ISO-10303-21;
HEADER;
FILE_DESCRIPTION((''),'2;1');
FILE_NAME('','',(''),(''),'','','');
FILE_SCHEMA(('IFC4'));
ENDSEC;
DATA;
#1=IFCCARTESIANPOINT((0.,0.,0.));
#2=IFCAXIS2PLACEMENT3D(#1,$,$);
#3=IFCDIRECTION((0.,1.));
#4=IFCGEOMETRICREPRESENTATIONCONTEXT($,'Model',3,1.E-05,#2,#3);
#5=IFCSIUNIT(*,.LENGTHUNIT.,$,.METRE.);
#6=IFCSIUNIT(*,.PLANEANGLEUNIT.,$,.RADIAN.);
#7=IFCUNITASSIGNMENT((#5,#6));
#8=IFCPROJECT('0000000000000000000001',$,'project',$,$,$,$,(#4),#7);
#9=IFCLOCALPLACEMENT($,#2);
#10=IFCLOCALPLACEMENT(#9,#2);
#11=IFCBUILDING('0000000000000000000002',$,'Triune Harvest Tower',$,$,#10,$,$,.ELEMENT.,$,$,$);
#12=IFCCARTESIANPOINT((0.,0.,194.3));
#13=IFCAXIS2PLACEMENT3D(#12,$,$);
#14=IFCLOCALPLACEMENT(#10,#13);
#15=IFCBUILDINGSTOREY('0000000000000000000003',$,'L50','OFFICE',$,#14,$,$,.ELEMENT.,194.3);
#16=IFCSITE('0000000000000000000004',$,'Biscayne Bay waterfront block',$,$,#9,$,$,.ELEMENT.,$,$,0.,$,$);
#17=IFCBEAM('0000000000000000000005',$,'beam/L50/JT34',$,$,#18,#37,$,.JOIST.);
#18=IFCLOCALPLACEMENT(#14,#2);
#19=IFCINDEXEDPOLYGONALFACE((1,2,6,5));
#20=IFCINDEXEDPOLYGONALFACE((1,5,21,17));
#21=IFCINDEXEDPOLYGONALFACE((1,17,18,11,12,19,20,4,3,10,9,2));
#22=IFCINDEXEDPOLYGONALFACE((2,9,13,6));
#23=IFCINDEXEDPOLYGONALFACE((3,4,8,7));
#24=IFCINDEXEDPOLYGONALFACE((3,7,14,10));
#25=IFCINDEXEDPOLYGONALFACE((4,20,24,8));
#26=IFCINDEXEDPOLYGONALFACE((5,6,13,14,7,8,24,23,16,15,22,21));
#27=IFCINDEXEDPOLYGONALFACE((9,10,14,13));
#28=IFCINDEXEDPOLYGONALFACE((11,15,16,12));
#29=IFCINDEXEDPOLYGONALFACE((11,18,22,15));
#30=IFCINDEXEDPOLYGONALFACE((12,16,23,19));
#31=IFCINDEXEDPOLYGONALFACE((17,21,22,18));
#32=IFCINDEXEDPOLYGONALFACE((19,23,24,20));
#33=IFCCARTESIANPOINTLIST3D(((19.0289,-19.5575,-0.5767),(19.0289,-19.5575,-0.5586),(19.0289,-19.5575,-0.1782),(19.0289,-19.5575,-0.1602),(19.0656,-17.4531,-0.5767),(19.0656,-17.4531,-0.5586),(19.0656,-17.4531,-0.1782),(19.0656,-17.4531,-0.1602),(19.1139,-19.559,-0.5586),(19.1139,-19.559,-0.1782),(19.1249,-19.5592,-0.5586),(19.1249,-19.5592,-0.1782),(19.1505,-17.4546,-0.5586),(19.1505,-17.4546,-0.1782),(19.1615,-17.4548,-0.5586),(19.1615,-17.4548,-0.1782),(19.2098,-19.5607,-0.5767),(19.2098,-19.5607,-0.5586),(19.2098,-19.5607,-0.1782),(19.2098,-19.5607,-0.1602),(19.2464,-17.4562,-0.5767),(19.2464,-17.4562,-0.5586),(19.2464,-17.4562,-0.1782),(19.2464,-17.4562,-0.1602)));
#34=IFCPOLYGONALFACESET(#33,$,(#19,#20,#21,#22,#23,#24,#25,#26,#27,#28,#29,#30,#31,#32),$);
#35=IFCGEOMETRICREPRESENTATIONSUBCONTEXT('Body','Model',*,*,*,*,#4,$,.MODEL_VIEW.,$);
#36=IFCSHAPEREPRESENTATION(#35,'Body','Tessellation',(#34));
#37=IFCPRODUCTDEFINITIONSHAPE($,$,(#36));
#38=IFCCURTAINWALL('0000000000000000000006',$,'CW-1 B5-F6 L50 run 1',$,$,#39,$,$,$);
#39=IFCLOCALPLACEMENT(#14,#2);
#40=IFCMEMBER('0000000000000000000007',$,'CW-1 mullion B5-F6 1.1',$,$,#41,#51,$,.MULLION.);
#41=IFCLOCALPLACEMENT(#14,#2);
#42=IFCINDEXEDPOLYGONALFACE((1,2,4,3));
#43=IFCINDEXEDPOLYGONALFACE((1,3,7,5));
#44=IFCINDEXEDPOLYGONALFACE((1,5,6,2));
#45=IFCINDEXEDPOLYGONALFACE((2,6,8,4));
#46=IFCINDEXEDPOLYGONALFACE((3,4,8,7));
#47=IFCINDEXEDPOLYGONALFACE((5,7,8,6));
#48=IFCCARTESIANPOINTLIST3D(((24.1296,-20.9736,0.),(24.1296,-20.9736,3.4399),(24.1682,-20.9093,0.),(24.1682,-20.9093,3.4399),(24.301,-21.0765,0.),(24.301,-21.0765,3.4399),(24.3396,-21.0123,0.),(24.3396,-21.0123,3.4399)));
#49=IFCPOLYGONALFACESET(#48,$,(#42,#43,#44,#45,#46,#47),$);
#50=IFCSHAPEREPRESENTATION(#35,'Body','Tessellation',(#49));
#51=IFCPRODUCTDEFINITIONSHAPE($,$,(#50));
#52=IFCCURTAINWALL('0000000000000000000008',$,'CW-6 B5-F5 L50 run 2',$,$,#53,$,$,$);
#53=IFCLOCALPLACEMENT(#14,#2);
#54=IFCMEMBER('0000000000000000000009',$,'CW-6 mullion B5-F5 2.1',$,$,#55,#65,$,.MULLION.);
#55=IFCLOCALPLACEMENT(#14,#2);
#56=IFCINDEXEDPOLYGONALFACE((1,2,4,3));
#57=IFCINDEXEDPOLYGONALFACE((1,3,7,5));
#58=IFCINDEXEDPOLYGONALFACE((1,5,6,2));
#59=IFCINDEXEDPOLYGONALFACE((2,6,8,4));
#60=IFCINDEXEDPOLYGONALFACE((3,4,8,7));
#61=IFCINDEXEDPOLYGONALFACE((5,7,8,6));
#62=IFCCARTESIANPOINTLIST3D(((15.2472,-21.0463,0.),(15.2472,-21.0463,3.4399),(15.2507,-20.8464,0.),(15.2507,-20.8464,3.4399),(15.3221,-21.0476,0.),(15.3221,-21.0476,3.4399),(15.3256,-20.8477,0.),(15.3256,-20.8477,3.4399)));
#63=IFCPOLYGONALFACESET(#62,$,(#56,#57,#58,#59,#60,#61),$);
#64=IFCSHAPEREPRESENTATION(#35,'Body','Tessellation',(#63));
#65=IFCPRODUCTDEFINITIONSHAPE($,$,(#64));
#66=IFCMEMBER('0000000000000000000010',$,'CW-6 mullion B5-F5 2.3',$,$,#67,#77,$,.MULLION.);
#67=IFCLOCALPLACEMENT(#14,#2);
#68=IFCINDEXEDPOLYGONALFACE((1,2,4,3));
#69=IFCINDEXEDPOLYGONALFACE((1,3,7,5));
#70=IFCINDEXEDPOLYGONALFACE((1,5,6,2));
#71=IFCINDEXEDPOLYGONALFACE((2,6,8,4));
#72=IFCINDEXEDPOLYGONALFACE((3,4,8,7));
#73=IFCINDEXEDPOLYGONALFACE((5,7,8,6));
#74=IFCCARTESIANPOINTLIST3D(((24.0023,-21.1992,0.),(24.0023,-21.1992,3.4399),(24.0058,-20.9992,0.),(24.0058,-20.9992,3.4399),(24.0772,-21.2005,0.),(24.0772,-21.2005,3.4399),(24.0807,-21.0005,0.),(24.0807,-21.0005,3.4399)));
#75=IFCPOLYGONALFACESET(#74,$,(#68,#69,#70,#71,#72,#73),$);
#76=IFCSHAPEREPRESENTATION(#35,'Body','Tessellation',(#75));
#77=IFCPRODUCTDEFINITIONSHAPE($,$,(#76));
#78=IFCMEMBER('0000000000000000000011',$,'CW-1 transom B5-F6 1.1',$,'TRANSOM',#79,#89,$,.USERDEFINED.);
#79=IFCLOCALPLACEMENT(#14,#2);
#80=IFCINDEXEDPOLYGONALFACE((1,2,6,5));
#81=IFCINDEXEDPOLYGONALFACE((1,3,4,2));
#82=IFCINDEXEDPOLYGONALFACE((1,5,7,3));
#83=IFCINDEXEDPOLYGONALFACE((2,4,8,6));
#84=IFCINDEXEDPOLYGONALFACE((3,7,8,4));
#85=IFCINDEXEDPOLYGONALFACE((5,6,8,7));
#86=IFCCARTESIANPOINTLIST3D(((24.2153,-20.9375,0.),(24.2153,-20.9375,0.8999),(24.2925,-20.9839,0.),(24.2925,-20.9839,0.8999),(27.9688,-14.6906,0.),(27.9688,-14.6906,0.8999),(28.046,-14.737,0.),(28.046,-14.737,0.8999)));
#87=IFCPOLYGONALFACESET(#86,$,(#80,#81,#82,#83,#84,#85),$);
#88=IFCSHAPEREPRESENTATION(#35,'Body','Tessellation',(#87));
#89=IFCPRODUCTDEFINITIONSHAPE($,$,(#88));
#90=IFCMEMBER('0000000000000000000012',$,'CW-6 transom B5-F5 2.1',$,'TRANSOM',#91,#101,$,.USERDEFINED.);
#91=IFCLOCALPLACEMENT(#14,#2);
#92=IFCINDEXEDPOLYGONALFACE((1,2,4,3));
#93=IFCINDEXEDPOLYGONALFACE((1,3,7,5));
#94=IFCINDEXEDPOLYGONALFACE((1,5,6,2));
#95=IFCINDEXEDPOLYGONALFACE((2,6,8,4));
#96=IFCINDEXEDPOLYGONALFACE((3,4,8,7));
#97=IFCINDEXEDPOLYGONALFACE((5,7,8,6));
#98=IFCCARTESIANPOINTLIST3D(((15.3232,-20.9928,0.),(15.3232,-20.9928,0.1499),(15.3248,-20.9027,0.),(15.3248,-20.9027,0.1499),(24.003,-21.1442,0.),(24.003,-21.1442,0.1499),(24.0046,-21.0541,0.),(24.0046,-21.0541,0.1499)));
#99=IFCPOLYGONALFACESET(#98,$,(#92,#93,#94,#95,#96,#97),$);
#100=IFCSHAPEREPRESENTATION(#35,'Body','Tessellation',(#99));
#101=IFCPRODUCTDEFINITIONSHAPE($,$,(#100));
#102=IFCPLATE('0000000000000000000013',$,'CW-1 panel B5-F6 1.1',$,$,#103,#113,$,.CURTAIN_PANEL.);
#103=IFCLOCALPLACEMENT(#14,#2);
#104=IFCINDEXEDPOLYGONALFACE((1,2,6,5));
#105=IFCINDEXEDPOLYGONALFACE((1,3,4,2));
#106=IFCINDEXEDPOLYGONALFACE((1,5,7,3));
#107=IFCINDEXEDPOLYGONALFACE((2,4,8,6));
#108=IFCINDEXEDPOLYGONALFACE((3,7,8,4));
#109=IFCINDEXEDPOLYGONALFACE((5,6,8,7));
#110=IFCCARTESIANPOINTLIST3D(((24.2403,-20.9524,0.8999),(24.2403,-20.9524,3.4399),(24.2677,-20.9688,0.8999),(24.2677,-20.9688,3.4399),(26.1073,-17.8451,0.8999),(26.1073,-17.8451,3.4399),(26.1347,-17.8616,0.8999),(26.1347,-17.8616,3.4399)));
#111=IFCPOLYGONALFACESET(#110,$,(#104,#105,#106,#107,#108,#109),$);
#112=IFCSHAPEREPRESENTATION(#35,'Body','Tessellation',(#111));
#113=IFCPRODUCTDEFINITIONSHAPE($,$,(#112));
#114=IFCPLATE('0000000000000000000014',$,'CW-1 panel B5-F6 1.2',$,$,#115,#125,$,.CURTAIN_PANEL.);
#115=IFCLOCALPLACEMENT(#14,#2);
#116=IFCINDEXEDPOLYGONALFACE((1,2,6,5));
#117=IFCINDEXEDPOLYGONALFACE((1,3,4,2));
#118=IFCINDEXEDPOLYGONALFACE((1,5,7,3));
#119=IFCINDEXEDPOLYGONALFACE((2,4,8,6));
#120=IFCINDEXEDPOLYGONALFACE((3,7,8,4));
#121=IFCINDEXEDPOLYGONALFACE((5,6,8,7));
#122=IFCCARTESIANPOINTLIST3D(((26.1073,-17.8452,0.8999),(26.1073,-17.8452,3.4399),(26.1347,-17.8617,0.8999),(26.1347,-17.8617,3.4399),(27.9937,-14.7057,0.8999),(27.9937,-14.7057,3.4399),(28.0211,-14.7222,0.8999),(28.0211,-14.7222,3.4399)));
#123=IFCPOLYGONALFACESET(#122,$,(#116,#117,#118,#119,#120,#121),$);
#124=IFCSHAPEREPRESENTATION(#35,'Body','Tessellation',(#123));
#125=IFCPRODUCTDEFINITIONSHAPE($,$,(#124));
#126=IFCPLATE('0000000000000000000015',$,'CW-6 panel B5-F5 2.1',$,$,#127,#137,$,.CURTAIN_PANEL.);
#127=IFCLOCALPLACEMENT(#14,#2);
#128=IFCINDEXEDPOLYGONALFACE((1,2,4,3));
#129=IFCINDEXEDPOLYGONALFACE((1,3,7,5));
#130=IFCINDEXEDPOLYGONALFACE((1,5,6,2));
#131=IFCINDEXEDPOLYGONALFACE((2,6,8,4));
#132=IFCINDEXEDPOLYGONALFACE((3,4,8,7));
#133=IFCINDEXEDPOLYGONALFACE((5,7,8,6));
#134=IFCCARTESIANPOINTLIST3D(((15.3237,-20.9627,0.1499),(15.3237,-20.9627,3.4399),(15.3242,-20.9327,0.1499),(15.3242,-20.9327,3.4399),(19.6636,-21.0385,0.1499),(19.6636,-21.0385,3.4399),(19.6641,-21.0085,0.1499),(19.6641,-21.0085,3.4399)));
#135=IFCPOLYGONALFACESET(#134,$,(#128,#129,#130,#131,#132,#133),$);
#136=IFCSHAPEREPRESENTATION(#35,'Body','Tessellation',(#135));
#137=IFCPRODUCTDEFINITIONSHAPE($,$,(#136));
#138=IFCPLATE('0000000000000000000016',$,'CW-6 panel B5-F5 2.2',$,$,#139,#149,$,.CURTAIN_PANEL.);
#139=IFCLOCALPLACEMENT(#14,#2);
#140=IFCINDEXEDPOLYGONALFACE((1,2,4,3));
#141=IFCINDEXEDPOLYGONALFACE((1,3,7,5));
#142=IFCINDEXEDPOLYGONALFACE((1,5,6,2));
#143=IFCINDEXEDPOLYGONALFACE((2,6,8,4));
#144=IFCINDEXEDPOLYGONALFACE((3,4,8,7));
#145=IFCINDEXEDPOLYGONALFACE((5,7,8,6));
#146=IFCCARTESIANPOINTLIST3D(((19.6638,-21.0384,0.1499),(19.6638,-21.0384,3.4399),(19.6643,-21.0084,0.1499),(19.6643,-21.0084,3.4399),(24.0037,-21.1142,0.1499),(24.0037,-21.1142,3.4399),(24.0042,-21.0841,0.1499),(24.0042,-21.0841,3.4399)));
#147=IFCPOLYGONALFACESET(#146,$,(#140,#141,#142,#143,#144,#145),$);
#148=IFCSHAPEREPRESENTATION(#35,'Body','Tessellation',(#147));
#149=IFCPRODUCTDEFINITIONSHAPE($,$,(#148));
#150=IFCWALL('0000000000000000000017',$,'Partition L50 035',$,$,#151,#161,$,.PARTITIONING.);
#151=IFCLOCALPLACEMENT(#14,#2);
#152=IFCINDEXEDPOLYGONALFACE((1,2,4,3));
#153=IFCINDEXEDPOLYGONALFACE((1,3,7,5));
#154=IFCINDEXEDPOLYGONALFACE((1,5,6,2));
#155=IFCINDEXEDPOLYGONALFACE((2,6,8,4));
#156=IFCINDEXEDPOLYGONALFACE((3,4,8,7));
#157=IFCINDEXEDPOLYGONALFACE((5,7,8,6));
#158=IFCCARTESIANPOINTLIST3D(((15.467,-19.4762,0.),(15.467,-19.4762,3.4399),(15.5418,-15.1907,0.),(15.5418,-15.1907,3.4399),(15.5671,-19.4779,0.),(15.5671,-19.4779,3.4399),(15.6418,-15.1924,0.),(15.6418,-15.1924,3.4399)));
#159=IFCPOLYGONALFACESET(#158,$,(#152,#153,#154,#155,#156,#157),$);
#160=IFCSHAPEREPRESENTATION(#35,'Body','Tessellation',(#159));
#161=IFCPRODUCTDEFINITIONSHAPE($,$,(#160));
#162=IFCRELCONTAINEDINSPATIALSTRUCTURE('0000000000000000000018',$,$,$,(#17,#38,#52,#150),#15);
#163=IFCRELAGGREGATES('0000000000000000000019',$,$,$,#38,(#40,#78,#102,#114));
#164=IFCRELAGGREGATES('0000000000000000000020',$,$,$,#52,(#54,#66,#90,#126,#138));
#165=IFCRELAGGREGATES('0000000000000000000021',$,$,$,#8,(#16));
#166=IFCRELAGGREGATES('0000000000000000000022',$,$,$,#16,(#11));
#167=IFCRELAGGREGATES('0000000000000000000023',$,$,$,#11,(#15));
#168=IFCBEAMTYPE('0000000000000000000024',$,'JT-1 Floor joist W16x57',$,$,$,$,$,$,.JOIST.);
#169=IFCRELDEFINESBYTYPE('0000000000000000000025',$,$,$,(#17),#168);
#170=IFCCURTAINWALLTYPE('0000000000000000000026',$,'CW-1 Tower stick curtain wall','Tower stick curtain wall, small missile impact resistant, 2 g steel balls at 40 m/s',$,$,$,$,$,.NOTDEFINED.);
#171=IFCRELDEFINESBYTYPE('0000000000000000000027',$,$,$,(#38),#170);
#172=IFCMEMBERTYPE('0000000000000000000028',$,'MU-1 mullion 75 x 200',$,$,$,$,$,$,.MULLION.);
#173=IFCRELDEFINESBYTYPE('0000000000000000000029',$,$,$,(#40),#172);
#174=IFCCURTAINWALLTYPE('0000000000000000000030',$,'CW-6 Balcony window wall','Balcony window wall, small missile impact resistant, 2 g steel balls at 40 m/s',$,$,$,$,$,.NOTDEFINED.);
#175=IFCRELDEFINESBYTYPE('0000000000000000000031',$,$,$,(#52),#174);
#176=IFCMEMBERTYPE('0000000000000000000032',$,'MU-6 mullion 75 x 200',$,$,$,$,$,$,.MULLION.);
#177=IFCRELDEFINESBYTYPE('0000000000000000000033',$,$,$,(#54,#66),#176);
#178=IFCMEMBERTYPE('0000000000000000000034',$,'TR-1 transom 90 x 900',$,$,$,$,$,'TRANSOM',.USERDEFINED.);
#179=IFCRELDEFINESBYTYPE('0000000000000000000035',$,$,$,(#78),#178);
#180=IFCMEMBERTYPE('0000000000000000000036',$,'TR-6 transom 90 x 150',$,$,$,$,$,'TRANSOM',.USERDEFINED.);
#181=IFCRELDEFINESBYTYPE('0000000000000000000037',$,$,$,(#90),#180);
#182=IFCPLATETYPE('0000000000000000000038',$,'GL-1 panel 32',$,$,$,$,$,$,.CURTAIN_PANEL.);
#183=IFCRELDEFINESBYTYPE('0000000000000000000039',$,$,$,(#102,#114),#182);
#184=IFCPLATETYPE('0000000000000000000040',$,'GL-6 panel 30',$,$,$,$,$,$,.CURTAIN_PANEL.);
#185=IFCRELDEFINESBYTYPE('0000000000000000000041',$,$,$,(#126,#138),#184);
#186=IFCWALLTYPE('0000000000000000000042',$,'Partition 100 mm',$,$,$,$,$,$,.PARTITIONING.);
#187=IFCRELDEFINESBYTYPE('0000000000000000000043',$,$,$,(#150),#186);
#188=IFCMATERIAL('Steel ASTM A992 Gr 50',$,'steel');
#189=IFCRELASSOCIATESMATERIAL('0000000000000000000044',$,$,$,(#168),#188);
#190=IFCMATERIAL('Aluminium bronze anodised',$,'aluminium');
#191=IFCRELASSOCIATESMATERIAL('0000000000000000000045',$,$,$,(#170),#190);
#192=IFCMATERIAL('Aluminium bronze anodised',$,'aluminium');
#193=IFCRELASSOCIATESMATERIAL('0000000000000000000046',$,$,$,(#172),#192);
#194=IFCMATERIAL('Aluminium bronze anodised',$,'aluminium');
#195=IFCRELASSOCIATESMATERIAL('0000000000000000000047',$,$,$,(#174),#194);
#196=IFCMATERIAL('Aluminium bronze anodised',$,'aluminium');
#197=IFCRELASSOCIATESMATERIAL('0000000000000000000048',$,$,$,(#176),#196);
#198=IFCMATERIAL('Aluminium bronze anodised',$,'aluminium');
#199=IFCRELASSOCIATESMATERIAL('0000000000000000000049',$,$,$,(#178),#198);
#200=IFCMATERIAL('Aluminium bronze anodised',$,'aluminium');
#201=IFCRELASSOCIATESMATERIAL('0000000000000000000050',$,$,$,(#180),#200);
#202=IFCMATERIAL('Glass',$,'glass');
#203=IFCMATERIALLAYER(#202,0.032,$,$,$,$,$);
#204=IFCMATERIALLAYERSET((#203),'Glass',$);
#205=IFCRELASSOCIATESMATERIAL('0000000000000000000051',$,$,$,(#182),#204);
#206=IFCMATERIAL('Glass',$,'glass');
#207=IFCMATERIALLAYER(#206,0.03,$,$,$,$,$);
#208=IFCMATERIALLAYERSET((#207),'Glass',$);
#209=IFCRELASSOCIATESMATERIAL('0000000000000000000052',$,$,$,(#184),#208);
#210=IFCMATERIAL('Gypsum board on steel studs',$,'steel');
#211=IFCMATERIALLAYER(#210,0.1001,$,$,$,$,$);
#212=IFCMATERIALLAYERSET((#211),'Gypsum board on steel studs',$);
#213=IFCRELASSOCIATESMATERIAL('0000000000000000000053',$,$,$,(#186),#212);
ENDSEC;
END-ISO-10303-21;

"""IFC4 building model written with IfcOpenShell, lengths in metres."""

from ifc_helpers import new_model, si_unit, direction, frame, frame_2d, origin, origin_2d, place, context, subcontext, project, spatial, rectangle, i_section, extrude, source, transform, mapped, material, layer, layer_set, material_profile, profile_set, type_object, element, aggregate, save


model = new_model("IFC4")

# Units and contexts
model_context = context("Model", 3, precision=1e-05, world=origin(), true_north=direction((0.0, 1.0)))
body_context = subcontext(model_context, "Body", "Model", "MODEL_VIEW")
ifc_project = project(units=[si_unit("LENGTHUNIT", "METRE"), si_unit("PLANEANGLEUNIT", "RADIAN")], contexts=[model_context])

# Site, building, storey
site_placement = place(None, origin())
site = spatial("IfcSite", under=ifc_project, at=site_placement, Name="Biscayne Bay waterfront block", CompositionType="ELEMENT", RefElevation=0.0)
building_placement = place(site_placement, origin())
building = spatial("IfcBuilding", under=site, at=building_placement, Name="Triune Harvest Tower", CompositionType="ELEMENT")
storey_placement = place(building_placement, frame((0.0, 0.0, 194.3)))
storey = spatial("IfcBuildingStorey", under=building, at=storey_placement, Name="L50", Description="OFFICE", CompositionType="ELEMENT", Elevation=194.3)

# Beam
ifc_material_1 = material(Name="Steel ASTM A992 Gr 50", Category="steel")
ifc_material_profile_1 = material_profile(ifc_material_1, i_section(OverallWidth=0.1809, OverallDepth=0.4165, WebThickness=0.011, FlangeThickness=0.0181, at=origin_2d()), Name="W16x57")
ifc_profile_set_1 = profile_set([ifc_material_profile_1], Name="Steel ASTM A992 Gr 50")
beam_type_1 = type_object("IfcBeamType", Name="JT-1 Floor joist W16x57", PredefinedType="JOIST", material=ifc_profile_set_1)
shared_shape_1 = source(origin(), body_context, "Body", "SweptSolid", [
    extrude(i_section(OverallWidth=0.1809, OverallDepth=0.4165, WebThickness=0.011, FlangeThickness=0.0181, at=origin_2d()), origin(), (0.0, 0.0, 1.0), 2.1047),
])
beam_1_placement = place(storey_placement, frame((19.1194, -19.5591, -0.3684), z_axis=(0.017399, 0.999849, 0.0), x_axis=(-0.999849, 0.017399, 0.0)))
element("IfcBeam", 1, at=beam_1_placement, inside=storey, type_object=beam_type_1, Name="beam/L50/JT34", PredefinedType="JOIST", context=body_context, shape_type="MappedRepresentation", body=[
    mapped(shared_shape_1, transform((0.0, 0.0, 0.0), scale=1.0)),
])

# Curtain wall, member
ifc_material_2 = material(Name="Aluminium bronze anodised", Category="aluminium")
curtain_wall_type_1 = type_object("IfcCurtainWallType", Name="CW-1 Tower stick curtain wall", Description="Tower stick curtain wall, small missile impact resistant, 2 g steel balls at 40 m/s", PredefinedType="NOTDEFINED", material=ifc_material_2)
curtain_wall_1_placement = place(storey_placement, origin())
curtain_wall_1 = element("IfcCurtainWall", 2, at=curtain_wall_1_placement, inside=storey, type_object=curtain_wall_type_1, Name="CW-1 B5-F6 L50 run 1")
ifc_material_3 = material(Name="Aluminium bronze anodised", Category="aluminium")
ifc_material_profile_2 = material_profile(ifc_material_3, rectangle(XDim=0.2, YDim=0.075, at=origin_2d()), Name="MU-1 mullion 75 x 200")
ifc_profile_set_2 = profile_set([ifc_material_profile_2], Name="Aluminium bronze anodised")
member_type_1 = type_object("IfcMemberType", Name="MU-1 mullion 75 x 200", PredefinedType="MULLION", material=ifc_profile_set_2)
shared_shape_2 = source(origin(), body_context, "Body", "SweptSolid", [
    extrude(rectangle(XDim=0.2, YDim=0.075, at=origin_2d()), origin(), (0.0, 0.0, 1.0), 3.4399),
])
member_1_placement = place(storey_placement, frame((24.2346, -20.9929, 0.0), z_axis=(0.0, 0.0, 1.0), x_axis=(-0.857168, 0.515037, 0.0)))
member_1 = element("IfcMember", 3, at=member_1_placement, type_object=member_type_1, Name="CW-1 mullion B5-F6 1.1", PredefinedType="MULLION", context=body_context, shape_type="MappedRepresentation", body=[
    mapped(shared_shape_2, transform((0.0, 0.0, 0.0), scale=1.0)),
])

# Curtain wall, members
ifc_material_4 = material(Name="Aluminium bronze anodised", Category="aluminium")
curtain_wall_type_2 = type_object("IfcCurtainWallType", Name="CW-6 Balcony window wall", Description="Balcony window wall, small missile impact resistant, 2 g steel balls at 40 m/s", PredefinedType="NOTDEFINED", material=ifc_material_4)
curtain_wall_2_placement = place(storey_placement, origin())
curtain_wall_2 = element("IfcCurtainWall", 4, at=curtain_wall_2_placement, inside=storey, type_object=curtain_wall_type_2, Name="CW-6 B5-F5 L50 run 2")
ifc_material_5 = material(Name="Aluminium bronze anodised", Category="aluminium")
ifc_material_profile_3 = material_profile(ifc_material_5, rectangle(XDim=0.2, YDim=0.075, at=origin_2d()), Name="MU-6 mullion 75 x 200")
ifc_profile_set_3 = profile_set([ifc_material_profile_3], Name="Aluminium bronze anodised")
member_type_2 = type_object("IfcMemberType", Name="MU-6 mullion 75 x 200", PredefinedType="MULLION", material=ifc_profile_set_3)
shared_shape_3 = source(origin(), body_context, "Body", "SweptSolid", [
    extrude(rectangle(XDim=0.2, YDim=0.075, at=origin_2d()), origin(), (0.0, 0.0, 1.0), 3.4399),
])
member_2_placement = place(storey_placement, frame((15.2864, -20.947, 0.0), z_axis=(0.0, 0.0, 1.0), x_axis=(0.017452, 0.999848, 0.0)))
member_2 = element("IfcMember", 5, at=member_2_placement, type_object=member_type_2, Name="CW-6 mullion B5-F5 2.1", PredefinedType="MULLION", context=body_context, shape_type="MappedRepresentation", body=[
    mapped(shared_shape_3, transform((0.0, 0.0, 0.0), scale=1.0)),
])
member_3_placement = place(storey_placement, frame((24.0415, -21.0999, 0.0), z_axis=(0.0, 0.0, 1.0), x_axis=(0.017452, 0.999848, 0.0)))
member_3 = element("IfcMember", 6, at=member_3_placement, type_object=member_type_2, Name="CW-6 mullion B5-F5 2.3", PredefinedType="MULLION", context=body_context, shape_type="MappedRepresentation", body=[
    mapped(shared_shape_3, transform((0.0, 0.0, 0.0), scale=1.0)),
])

# Members
ifc_material_6 = material(Name="Aluminium bronze anodised", Category="aluminium")
ifc_material_profile_4 = material_profile(ifc_material_6, rectangle(XDim=0.0901, YDim=0.8999, at=origin_2d()), Name="TR-1 transom 90 x 900")
ifc_profile_set_4 = profile_set([ifc_material_profile_4], Name="Aluminium bronze anodised")
member_type_3 = type_object("IfcMemberType", Name="TR-1 transom 90 x 900", ElementType="TRANSOM", PredefinedType="USERDEFINED", material=ifc_profile_set_4)
shared_shape_4 = source(origin(), body_context, "Body", "SweptSolid", [
    extrude(rectangle(XDim=0.0901, YDim=0.8999, at=origin_2d()), origin(), (0.0, 0.0, 1.0), 7.2878),
])
member_4_placement = place(storey_placement, frame((24.2539, -20.9607, 0.45), z_axis=(0.515033, 0.857171, 0.0), x_axis=(-0.857171, 0.515033, 0.0)))
member_4 = element("IfcMember", 7, at=member_4_placement, type_object=member_type_3, Name="CW-1 transom B5-F6 1.1", ObjectType="TRANSOM", PredefinedType="USERDEFINED", context=body_context, shape_type="MappedRepresentation", body=[
    mapped(shared_shape_4, transform((0.0, 0.0, 0.0), scale=1.0)),
])
ifc_material_7 = material(Name="Aluminium bronze anodised", Category="aluminium")
ifc_material_profile_5 = material_profile(ifc_material_7, rectangle(XDim=0.0901, YDim=0.1499, at=origin_2d()), Name="TR-6 transom 90 x 150")
ifc_profile_set_5 = profile_set([ifc_material_profile_5], Name="Aluminium bronze anodised")
member_type_4 = type_object("IfcMemberType", Name="TR-6 transom 90 x 150", ElementType="TRANSOM", PredefinedType="USERDEFINED", material=ifc_profile_set_5)
shared_shape_5 = source(origin(), body_context, "Body", "SweptSolid", [
    extrude(rectangle(XDim=0.0901, YDim=0.1499, at=origin_2d()), origin(), (0.0, 0.0, 1.0), 8.6812),
])
member_5_placement = place(storey_placement, frame((15.324, -20.9478, 0.075), z_axis=(0.999848, -0.017436, 0.0), x_axis=(0.017436, 0.999848, 0.0)))
member_5 = element("IfcMember", 8, at=member_5_placement, type_object=member_type_4, Name="CW-6 transom B5-F5 2.1", ObjectType="TRANSOM", PredefinedType="USERDEFINED", context=body_context, shape_type="MappedRepresentation", body=[
    mapped(shared_shape_5, transform((0.0, 0.0, 0.0), scale=1.0)),
])

# Plates
ifc_material_8 = material(Name="Glass", Category="glass")
ifc_layer_1 = layer(ifc_material_8, 0.032)
ifc_layer_set_1 = layer_set([ifc_layer_1], Name="Glass")
plate_type_1 = type_object("IfcPlateType", Name="GL-1 panel 32", PredefinedType="CURTAIN_PANEL", material=ifc_layer_set_1)
shared_shape_6 = source(origin(), body_context, "Body", "SweptSolid", [
    extrude(rectangle(XDim=3.625, YDim=0.032, at=origin_2d()), origin(), (0.0, 0.0, 1.0), 2.54),
])
plate_1_placement = place(storey_placement, frame((25.1875, -19.407, 0.8999), z_axis=(0.0, 0.0, 1.0), x_axis=(0.515037, 0.857168, 0.0)))
plate_1 = element("IfcPlate", 9, at=plate_1_placement, type_object=plate_type_1, Name="CW-1 panel B5-F6 1.1", PredefinedType="CURTAIN_PANEL", context=body_context, shape_type="MappedRepresentation", body=[
    mapped(shared_shape_6, transform((0.0, 0.0, 0.0), scale=1.0)),
])
shared_shape_7 = source(origin(), body_context, "Body", "SweptSolid", [
    extrude(rectangle(XDim=3.6626, YDim=0.032, at=origin_2d()), origin(), (0.0, 0.0, 1.0), 2.54),
])
plate_2_placement = place(storey_placement, frame((27.0642, -16.2837, 0.8999), z_axis=(0.0, 0.0, 1.0), x_axis=(0.515037, 0.857168, 0.0)))
plate_2 = element("IfcPlate", 10, at=plate_2_placement, type_object=plate_type_1, Name="CW-1 panel B5-F6 1.2", PredefinedType="CURTAIN_PANEL", context=body_context, shape_type="MappedRepresentation", body=[
    mapped(shared_shape_7, transform((0.0, 0.0, 0.0), scale=1.0)),
])
aggregate(curtain_wall_1, [member_1, member_4, plate_1, plate_2])
ifc_material_9 = material(Name="Glass", Category="glass")
ifc_layer_2 = layer(ifc_material_9, 0.03)
ifc_layer_set_2 = layer_set([ifc_layer_2], Name="Glass")
plate_type_2 = type_object("IfcPlateType", Name="GL-6 panel 30", PredefinedType="CURTAIN_PANEL", material=ifc_layer_set_2)
shared_shape_8 = source(origin(), body_context, "Body", "SweptSolid", [
    extrude(rectangle(XDim=4.3406, YDim=0.03, at=origin_2d()), origin(), (0.0, 0.0, 1.0), 3.29),
])
plate_3_placement = place(storey_placement, frame((17.4939, -20.9856, 0.1499), z_axis=(0.0, 0.0, 1.0), x_axis=(0.999848, -0.017452, 0.0)))
plate_3 = element("IfcPlate", 11, at=plate_3_placement, type_object=plate_type_2, Name="CW-6 panel B5-F5 2.1", PredefinedType="CURTAIN_PANEL", context=body_context, shape_type="MappedRepresentation", body=[
    mapped(shared_shape_8, transform((0.0, 0.0, 0.0), scale=1.0)),
])
plate_4_placement = place(storey_placement, frame((21.834, -21.0613, 0.1499), z_axis=(0.0, 0.0, 1.0), x_axis=(0.999848, -0.017452, 0.0)))
plate_4 = element("IfcPlate", 12, at=plate_4_placement, type_object=plate_type_2, Name="CW-6 panel B5-F5 2.2", PredefinedType="CURTAIN_PANEL", context=body_context, shape_type="MappedRepresentation", body=[
    mapped(shared_shape_8, transform((0.0, 0.0, 0.0), scale=1.0)),
])
aggregate(curtain_wall_2, [member_2, member_3, member_5, plate_3, plate_4])

# Wall
ifc_material_10 = material(Name="Gypsum board on steel studs", Category="steel")
ifc_layer_3 = layer(ifc_material_10, 0.1001)
ifc_layer_set_3 = layer_set([ifc_layer_3], Name="Gypsum board on steel studs")
wall_type_1 = type_object("IfcWallType", Name="Partition 100 mm", PredefinedType="PARTITIONING", material=ifc_layer_set_3)
wall_1_placement = place(storey_placement, frame((15.5171, -19.4771, 0.0), z_axis=(0.0, 0.0, 1.0), x_axis=(0.01743, 0.999848, 0.0)))
element("IfcWall", 13, at=wall_1_placement, inside=storey, type_object=wall_type_1, Name="Partition L50 035", PredefinedType="PARTITIONING", context=body_context, shape_type="SweptSolid", body=[
    extrude(rectangle(XDim=4.2861, YDim=0.1001, at=frame_2d((2.1431, 0.0))), origin(), (0.0, 0.0, 1.0), 3.4399),
])

save(model, "model.ifc")
